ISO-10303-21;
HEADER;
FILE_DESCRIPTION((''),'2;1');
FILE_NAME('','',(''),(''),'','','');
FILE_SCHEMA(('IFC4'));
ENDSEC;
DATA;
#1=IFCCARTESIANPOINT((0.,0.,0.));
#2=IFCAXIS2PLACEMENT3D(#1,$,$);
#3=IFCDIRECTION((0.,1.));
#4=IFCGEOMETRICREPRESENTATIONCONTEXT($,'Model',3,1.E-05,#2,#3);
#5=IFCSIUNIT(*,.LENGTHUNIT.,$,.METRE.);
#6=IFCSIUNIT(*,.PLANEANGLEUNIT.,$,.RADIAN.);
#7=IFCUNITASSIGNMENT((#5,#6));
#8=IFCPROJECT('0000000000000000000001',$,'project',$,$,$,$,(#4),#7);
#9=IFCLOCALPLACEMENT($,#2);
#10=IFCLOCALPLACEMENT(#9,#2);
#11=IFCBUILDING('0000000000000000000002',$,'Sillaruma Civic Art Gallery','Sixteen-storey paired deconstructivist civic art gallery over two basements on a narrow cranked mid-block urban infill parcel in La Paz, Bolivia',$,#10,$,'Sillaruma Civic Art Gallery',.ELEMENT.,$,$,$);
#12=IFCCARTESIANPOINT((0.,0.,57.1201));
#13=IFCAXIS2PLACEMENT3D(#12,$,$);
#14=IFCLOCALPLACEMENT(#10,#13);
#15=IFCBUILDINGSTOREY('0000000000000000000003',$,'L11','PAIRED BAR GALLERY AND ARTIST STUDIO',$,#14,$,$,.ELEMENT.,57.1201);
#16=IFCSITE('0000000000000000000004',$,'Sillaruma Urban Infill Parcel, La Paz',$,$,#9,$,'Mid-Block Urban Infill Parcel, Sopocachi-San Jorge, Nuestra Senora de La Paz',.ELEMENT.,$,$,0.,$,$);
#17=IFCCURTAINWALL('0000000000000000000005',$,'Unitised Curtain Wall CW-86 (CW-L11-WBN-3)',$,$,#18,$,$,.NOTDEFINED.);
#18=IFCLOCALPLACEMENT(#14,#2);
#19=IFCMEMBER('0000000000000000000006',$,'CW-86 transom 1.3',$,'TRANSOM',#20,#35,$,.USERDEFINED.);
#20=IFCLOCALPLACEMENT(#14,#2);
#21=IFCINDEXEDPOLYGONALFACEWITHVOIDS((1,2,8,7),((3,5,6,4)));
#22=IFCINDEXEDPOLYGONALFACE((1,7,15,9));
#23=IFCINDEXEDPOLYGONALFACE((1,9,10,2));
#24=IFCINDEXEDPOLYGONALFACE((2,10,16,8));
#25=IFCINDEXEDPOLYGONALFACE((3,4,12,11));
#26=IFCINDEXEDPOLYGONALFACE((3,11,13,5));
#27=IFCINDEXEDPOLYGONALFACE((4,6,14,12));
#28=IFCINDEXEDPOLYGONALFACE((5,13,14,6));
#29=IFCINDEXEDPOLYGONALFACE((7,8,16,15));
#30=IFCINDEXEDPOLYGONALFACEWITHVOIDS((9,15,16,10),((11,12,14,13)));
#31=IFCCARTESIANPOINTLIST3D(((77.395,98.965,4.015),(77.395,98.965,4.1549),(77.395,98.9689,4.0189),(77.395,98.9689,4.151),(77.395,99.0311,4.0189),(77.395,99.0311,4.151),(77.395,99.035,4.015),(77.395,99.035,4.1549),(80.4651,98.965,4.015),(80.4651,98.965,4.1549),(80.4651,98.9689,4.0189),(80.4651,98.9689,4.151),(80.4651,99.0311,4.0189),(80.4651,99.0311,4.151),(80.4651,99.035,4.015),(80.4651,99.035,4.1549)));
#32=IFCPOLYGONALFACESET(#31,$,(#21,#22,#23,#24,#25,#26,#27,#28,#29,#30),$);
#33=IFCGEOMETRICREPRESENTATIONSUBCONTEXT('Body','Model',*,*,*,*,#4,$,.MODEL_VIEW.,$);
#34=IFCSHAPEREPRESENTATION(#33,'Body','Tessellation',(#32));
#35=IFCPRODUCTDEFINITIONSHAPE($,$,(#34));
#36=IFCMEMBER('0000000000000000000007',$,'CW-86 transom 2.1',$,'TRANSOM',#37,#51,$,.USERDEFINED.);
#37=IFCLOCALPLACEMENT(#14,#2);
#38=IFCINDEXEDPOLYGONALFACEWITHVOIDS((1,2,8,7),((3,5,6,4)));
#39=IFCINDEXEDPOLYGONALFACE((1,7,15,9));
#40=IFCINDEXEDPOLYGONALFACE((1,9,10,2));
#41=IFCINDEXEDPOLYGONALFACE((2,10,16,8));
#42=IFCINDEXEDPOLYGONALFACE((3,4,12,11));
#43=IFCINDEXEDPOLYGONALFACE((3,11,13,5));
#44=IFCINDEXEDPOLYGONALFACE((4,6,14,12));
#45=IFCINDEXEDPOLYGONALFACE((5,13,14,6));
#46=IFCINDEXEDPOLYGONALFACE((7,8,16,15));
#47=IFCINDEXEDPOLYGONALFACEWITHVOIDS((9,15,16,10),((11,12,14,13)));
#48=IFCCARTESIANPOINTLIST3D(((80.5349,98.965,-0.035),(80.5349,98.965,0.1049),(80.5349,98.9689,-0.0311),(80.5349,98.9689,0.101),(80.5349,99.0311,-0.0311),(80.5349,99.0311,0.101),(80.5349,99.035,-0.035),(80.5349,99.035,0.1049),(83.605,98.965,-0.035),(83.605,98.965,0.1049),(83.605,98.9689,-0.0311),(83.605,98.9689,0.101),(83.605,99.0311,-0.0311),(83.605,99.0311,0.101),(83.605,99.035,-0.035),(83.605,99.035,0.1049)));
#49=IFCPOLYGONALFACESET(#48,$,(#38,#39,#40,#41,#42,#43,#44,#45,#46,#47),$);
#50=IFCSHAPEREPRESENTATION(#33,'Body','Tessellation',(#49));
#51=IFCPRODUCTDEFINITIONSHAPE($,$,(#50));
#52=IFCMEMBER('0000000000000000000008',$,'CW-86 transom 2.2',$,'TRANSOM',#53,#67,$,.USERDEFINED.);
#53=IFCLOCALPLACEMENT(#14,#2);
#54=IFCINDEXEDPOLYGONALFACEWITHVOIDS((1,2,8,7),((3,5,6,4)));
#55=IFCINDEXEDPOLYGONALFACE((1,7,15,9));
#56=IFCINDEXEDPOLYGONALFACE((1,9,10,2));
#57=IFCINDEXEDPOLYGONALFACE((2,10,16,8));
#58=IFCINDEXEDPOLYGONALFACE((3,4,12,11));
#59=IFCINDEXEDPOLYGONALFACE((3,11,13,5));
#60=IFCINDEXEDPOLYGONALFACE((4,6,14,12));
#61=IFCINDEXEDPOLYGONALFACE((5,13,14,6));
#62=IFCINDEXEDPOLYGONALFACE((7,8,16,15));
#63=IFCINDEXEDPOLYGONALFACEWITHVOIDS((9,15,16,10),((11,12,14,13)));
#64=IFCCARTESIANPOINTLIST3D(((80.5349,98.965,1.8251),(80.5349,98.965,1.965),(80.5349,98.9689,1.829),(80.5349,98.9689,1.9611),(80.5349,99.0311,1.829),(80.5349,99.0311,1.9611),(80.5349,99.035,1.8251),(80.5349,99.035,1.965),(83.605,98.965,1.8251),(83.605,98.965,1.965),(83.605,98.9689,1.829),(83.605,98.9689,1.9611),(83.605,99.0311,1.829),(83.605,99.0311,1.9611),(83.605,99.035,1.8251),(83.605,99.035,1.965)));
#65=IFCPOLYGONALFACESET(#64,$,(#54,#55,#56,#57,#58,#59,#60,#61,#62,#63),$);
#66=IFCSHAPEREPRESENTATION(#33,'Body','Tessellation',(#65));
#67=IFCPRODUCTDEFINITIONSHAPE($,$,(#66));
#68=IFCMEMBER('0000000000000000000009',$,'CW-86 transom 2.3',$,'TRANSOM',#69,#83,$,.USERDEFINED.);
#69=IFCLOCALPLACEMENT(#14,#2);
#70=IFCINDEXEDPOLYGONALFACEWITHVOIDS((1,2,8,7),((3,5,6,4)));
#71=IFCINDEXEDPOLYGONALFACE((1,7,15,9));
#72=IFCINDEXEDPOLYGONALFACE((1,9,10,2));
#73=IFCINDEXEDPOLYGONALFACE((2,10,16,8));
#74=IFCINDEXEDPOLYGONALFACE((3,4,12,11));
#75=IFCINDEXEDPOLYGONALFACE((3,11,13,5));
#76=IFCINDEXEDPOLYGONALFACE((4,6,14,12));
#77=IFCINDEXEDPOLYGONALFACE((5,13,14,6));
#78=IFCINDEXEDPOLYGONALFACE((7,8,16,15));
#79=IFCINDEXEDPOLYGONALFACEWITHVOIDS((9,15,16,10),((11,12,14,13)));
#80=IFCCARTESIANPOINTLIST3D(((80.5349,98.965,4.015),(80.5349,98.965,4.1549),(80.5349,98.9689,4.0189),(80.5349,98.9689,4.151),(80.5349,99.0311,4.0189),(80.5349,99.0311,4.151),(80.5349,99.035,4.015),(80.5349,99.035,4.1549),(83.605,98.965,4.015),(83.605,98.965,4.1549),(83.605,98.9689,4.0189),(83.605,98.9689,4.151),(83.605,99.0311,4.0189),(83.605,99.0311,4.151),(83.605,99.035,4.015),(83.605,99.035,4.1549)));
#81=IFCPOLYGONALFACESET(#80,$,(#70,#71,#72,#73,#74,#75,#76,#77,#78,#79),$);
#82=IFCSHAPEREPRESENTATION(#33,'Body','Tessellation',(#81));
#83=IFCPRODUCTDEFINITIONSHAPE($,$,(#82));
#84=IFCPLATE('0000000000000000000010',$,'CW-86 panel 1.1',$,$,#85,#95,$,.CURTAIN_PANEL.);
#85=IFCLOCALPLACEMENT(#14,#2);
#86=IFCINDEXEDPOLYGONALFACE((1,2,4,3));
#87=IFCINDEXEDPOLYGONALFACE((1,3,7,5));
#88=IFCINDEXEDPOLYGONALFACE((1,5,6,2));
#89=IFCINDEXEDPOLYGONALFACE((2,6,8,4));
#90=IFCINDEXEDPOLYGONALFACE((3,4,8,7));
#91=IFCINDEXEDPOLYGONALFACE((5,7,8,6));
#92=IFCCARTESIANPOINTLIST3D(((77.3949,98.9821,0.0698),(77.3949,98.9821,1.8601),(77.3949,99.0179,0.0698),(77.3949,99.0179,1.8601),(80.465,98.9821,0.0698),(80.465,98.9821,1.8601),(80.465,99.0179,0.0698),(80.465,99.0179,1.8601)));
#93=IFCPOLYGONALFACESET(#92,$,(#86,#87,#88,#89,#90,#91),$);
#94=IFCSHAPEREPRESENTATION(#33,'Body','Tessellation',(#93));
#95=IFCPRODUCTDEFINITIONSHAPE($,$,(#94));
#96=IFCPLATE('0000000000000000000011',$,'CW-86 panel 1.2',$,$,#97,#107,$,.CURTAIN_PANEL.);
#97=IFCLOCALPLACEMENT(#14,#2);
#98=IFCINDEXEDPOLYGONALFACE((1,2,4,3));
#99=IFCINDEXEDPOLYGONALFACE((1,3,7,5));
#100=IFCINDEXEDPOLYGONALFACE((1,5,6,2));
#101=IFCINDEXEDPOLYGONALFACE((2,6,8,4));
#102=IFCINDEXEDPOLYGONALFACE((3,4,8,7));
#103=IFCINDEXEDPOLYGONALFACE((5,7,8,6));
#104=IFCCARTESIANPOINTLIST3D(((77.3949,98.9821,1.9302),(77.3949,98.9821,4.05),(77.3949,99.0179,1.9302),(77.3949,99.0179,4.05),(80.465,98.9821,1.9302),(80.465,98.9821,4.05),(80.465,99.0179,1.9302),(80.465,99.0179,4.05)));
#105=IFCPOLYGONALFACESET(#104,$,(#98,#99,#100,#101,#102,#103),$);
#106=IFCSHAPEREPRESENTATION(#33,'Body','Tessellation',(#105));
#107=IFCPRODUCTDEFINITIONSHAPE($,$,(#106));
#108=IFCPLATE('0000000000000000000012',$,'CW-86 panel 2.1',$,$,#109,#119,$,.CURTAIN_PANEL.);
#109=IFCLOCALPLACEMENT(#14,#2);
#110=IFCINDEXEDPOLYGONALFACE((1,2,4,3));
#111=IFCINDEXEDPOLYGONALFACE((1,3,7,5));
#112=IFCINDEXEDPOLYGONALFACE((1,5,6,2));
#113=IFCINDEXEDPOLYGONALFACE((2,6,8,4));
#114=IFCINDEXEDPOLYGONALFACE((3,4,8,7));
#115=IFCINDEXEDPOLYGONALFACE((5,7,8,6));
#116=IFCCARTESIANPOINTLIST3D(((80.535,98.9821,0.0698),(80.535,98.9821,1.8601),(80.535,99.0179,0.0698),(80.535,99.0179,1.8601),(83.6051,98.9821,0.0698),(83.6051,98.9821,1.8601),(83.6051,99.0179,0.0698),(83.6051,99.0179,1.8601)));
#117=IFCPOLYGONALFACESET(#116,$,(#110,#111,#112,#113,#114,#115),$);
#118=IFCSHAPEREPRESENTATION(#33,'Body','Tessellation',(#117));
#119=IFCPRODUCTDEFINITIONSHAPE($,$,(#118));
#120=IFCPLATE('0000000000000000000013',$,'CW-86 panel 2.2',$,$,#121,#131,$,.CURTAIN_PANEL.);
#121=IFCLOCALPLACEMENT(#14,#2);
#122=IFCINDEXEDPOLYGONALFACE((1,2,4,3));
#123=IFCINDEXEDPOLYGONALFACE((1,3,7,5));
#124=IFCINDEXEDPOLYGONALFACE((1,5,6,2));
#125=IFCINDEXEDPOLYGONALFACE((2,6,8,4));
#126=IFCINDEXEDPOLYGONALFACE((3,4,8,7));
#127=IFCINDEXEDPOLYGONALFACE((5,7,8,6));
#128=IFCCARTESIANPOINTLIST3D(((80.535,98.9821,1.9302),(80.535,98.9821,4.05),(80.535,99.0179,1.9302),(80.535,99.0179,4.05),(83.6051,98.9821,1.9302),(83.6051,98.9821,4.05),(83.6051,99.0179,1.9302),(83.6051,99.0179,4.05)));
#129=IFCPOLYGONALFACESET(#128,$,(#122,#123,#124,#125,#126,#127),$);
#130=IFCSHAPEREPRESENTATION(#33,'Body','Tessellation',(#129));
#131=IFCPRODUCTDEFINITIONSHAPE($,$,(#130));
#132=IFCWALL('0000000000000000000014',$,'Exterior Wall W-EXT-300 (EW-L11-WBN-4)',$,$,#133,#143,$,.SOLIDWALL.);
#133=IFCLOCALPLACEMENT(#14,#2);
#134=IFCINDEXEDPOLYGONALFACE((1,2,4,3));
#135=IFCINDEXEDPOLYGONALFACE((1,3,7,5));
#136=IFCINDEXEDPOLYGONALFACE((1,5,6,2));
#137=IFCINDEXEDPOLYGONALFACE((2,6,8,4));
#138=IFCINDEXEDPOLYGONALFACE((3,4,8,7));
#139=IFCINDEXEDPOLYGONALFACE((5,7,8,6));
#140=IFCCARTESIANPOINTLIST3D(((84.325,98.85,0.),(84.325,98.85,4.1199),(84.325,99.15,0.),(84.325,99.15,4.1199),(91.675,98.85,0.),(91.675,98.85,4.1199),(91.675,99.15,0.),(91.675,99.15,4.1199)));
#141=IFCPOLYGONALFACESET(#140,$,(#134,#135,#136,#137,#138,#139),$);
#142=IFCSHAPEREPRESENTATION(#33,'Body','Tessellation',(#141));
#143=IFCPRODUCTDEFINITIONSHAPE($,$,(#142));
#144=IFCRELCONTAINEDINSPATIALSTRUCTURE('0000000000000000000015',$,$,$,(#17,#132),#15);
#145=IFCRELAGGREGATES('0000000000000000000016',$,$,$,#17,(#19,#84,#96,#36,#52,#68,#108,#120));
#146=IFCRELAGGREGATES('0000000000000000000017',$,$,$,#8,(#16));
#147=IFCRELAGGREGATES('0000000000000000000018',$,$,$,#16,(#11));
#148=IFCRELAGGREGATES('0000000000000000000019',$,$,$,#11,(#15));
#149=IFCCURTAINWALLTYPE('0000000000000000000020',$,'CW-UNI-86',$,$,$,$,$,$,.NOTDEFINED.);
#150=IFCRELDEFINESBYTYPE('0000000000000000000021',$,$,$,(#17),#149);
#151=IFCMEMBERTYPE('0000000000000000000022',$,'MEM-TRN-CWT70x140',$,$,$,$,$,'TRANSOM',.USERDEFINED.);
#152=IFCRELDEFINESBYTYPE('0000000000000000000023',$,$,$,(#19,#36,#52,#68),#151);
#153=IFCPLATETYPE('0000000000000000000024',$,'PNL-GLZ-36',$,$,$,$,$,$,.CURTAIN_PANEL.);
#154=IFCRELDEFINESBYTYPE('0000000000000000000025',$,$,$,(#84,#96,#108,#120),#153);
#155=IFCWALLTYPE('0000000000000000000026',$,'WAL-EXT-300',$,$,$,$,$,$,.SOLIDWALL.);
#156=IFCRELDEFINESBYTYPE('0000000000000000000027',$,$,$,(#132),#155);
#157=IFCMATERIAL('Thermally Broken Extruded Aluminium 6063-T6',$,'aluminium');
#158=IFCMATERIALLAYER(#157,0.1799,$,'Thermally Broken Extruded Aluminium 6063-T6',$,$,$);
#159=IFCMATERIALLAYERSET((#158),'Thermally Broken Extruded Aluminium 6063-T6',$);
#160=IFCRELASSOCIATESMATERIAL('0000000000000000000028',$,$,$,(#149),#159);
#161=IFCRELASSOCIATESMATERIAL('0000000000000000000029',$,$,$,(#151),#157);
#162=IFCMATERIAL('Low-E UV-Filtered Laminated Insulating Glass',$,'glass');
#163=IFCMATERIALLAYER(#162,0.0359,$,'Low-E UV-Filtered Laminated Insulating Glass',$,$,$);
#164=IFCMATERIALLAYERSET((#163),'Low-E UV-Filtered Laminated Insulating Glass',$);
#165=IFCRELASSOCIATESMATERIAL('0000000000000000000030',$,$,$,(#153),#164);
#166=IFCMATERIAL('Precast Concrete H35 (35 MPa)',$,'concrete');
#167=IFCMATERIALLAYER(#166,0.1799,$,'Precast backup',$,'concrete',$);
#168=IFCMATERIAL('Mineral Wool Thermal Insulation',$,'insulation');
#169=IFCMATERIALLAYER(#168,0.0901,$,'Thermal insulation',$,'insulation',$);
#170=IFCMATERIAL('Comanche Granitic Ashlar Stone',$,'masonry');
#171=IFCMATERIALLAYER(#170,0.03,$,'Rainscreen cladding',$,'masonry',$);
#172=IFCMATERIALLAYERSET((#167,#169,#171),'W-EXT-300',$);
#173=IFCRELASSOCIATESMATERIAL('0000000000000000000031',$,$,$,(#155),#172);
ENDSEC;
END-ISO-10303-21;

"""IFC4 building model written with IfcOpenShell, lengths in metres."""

from ifc_helpers import new_model, si_unit, direction, frame, frame_2d, origin, origin_2d, place, context, subcontext, project, spatial, rectangle, hollow_rectangle, extrude, material, layer, layer_set, material_profile, profile_set, type_object, element, aggregate, save


model = new_model("IFC4")

# Units and contexts
model_context = context("Model", 3, precision=1e-05, world=origin(), true_north=direction((0.0, 1.0)))
body_context = subcontext(model_context, "Body", "Model", "MODEL_VIEW")
ifc_project = project(units=[si_unit("LENGTHUNIT", "METRE"), si_unit("PLANEANGLEUNIT", "RADIAN")], contexts=[model_context])

# Site, building, storey
site_placement = place(None, origin())
site = spatial("IfcSite", under=ifc_project, at=site_placement, Name="Sillaruma Urban Infill Parcel, La Paz", LongName="Mid-Block Urban Infill Parcel, Sopocachi-San Jorge, Nuestra Senora de La Paz", CompositionType="ELEMENT", RefElevation=0.0)
building_placement = place(site_placement, origin())
building = spatial("IfcBuilding", under=site, at=building_placement, Name="Sillaruma Civic Art Gallery", Description="Sixteen-storey paired deconstructivist civic art gallery over two basements on a narrow cranked mid-block urban infill parcel in La Paz, Bolivia", LongName="Sillaruma Civic Art Gallery", CompositionType="ELEMENT")
storey_placement = place(building_placement, frame((0.0, 0.0, 57.1201)))
storey = spatial("IfcBuildingStorey", under=building, at=storey_placement, Name="L11", Description="PAIRED BAR GALLERY AND ARTIST STUDIO", CompositionType="ELEMENT", Elevation=57.1201)

# Curtain wall, members, plates
ifc_material_1 = material(Name="Thermally Broken Extruded Aluminium 6063-T6", Category="aluminium")
ifc_layer_1 = layer(ifc_material_1, 0.1799, Name="Thermally Broken Extruded Aluminium 6063-T6")
ifc_layer_set_1 = layer_set([ifc_layer_1], Name="Thermally Broken Extruded Aluminium 6063-T6")
curtain_wall_type = type_object("IfcCurtainWallType", Name="CW-UNI-86", PredefinedType="NOTDEFINED", material=ifc_layer_set_1)
curtain_wall_placement = place(storey_placement, origin())
curtain_wall = element("IfcCurtainWall", 1, at=curtain_wall_placement, inside=storey, type_object=curtain_wall_type, Name="Unitised Curtain Wall CW-86 (CW-L11-WBN-3)", PredefinedType="NOTDEFINED")
ifc_material_profile_1 = material_profile(ifc_material_1, hollow_rectangle(XDim=0.0701, YDim=0.1399, WallThickness=0.0039, at=origin_2d()), Name="CWT70x140")
ifc_profile_set_1 = profile_set([ifc_material_profile_1], Name="Thermally Broken Extruded Aluminium 6063-T6")
member_type_1 = type_object("IfcMemberType", Name="MEM-TRN-CWT70x140", ElementType="TRANSOM", PredefinedType="USERDEFINED", material=ifc_profile_set_1)
member_1_placement = place(storey_placement, frame((77.395, 99.0, 4.085), z_axis=(1.0, 0.0, 0.0), x_axis=(0.0, 1.0, 0.0)))
member_1 = element("IfcMember", 2, at=member_1_placement, type_object=member_type_1, Name="CW-86 transom 1.3", ObjectType="TRANSOM", PredefinedType="USERDEFINED", context=body_context, shape_type="SweptSolid", body=[
    extrude(hollow_rectangle(XDim=0.0701, YDim=0.1399, WallThickness=0.0039, at=origin_2d()), origin(), (0.0, 0.0, 1.0), 3.0701),
])
member_2_placement = place(storey_placement, frame((80.5349, 99.0, 0.0349), z_axis=(1.0, 0.0, 0.0), x_axis=(0.0, 1.0, 0.0)))
member_2 = element("IfcMember", 3, at=member_2_placement, type_object=member_type_1, Name="CW-86 transom 2.1", ObjectType="TRANSOM", PredefinedType="USERDEFINED", context=body_context, shape_type="SweptSolid", body=[
    extrude(hollow_rectangle(XDim=0.0701, YDim=0.1399, WallThickness=0.0039, at=origin_2d()), origin(), (0.0, 0.0, 1.0), 3.0701),
])
member_3_placement = place(storey_placement, frame((80.5349, 99.0, 1.895), z_axis=(1.0, 0.0, 0.0), x_axis=(0.0, 1.0, 0.0)))
member_3 = element("IfcMember", 4, at=member_3_placement, type_object=member_type_1, Name="CW-86 transom 2.2", ObjectType="TRANSOM", PredefinedType="USERDEFINED", context=body_context, shape_type="SweptSolid", body=[
    extrude(hollow_rectangle(XDim=0.0701, YDim=0.1399, WallThickness=0.0039, at=origin_2d()), origin(), (0.0, 0.0, 1.0), 3.0701),
])
member_4_placement = place(storey_placement, frame((80.5349, 99.0, 4.085), z_axis=(1.0, 0.0, 0.0), x_axis=(0.0, 1.0, 0.0)))
member_4 = element("IfcMember", 5, at=member_4_placement, type_object=member_type_1, Name="CW-86 transom 2.3", ObjectType="TRANSOM", PredefinedType="USERDEFINED", context=body_context, shape_type="SweptSolid", body=[
    extrude(hollow_rectangle(XDim=0.0701, YDim=0.1399, WallThickness=0.0039, at=origin_2d()), origin(), (0.0, 0.0, 1.0), 3.0701),
])
ifc_material_2 = material(Name="Low-E UV-Filtered Laminated Insulating Glass", Category="glass")
ifc_layer_2 = layer(ifc_material_2, 0.0359, Name="Low-E UV-Filtered Laminated Insulating Glass")
ifc_layer_set_2 = layer_set([ifc_layer_2], Name="Low-E UV-Filtered Laminated Insulating Glass")
plate_type = type_object("IfcPlateType", Name="PNL-GLZ-36", PredefinedType="CURTAIN_PANEL", material=ifc_layer_set_2)
plate_1_placement = place(storey_placement, frame((78.9299, 99.0, 0.0698), z_axis=(0.0, 0.0, 1.0), x_axis=(1.0, 0.0, 0.0)))
plate_1 = element("IfcPlate", 6, at=plate_1_placement, type_object=plate_type, Name="CW-86 panel 1.1", PredefinedType="CURTAIN_PANEL", context=body_context, shape_type="SweptSolid", body=[
    extrude(rectangle(XDim=3.0701, YDim=0.0359, at=origin_2d()), origin(), (0.0, 0.0, 1.0), 1.7903),
])
plate_2_placement = place(storey_placement, frame((78.9299, 99.0, 1.9302), z_axis=(0.0, 0.0, 1.0), x_axis=(1.0, 0.0, 0.0)))
plate_2 = element("IfcPlate", 7, at=plate_2_placement, type_object=plate_type, Name="CW-86 panel 1.2", PredefinedType="CURTAIN_PANEL", context=body_context, shape_type="SweptSolid", body=[
    extrude(rectangle(XDim=3.0701, YDim=0.0359, at=origin_2d()), origin(), (0.0, 0.0, 1.0), 2.1199),
])
plate_3_placement = place(storey_placement, frame((82.0701, 99.0, 0.0698), z_axis=(0.0, 0.0, 1.0), x_axis=(1.0, 0.0, 0.0)))
plate_3 = element("IfcPlate", 8, at=plate_3_placement, type_object=plate_type, Name="CW-86 panel 2.1", PredefinedType="CURTAIN_PANEL", context=body_context, shape_type="SweptSolid", body=[
    extrude(rectangle(XDim=3.0701, YDim=0.0359, at=origin_2d()), origin(), (0.0, 0.0, 1.0), 1.7903),
])
plate_4_placement = place(storey_placement, frame((82.0701, 99.0, 1.9302), z_axis=(0.0, 0.0, 1.0), x_axis=(1.0, 0.0, 0.0)))
plate_4 = element("IfcPlate", 9, at=plate_4_placement, type_object=plate_type, Name="CW-86 panel 2.2", PredefinedType="CURTAIN_PANEL", context=body_context, shape_type="SweptSolid", body=[
    extrude(rectangle(XDim=3.0701, YDim=0.0359, at=origin_2d()), origin(), (0.0, 0.0, 1.0), 2.1199),
])
aggregate(curtain_wall, [member_1, plate_1, plate_2, member_2, member_3, member_4, plate_3, plate_4])

# Wall
ifc_material_3 = material(Name="Precast Concrete H35 (35 MPa)", Category="concrete")
ifc_layer_3 = layer(ifc_material_3, 0.1799, Name="Precast backup", Category="concrete")
ifc_material_4 = material(Name="Mineral Wool Thermal Insulation", Category="insulation")
ifc_layer_4 = layer(ifc_material_4, 0.0901, Name="Thermal insulation", Category="insulation")
ifc_material_5 = material(Name="Comanche Granitic Ashlar Stone", Category="masonry")
ifc_layer_5 = layer(ifc_material_5, 0.03, Name="Rainscreen cladding", Category="masonry")
ifc_layer_set_3 = layer_set([ifc_layer_3, ifc_layer_4, ifc_layer_5], Name="W-EXT-300")
wall_type = type_object("IfcWallType", Name="WAL-EXT-300", PredefinedType="SOLIDWALL", material=ifc_layer_set_3)
wall_placement = place(storey_placement, frame((84.325, 99.0, 0.0), z_axis=(0.0, 0.0, 1.0), x_axis=(1.0, 0.0, 0.0)))
element("IfcWall", 10, at=wall_placement, inside=storey, type_object=wall_type, Name="Exterior Wall W-EXT-300 (EW-L11-WBN-4)", PredefinedType="SOLIDWALL", context=body_context, shape_type="SweptSolid", body=[
    extrude(rectangle(XDim=7.3501, YDim=0.3, at=frame_2d((3.675, 0.0))), origin(), (0.0, 0.0, 1.0), 4.1199),
])

save(model, "model.ifc")
